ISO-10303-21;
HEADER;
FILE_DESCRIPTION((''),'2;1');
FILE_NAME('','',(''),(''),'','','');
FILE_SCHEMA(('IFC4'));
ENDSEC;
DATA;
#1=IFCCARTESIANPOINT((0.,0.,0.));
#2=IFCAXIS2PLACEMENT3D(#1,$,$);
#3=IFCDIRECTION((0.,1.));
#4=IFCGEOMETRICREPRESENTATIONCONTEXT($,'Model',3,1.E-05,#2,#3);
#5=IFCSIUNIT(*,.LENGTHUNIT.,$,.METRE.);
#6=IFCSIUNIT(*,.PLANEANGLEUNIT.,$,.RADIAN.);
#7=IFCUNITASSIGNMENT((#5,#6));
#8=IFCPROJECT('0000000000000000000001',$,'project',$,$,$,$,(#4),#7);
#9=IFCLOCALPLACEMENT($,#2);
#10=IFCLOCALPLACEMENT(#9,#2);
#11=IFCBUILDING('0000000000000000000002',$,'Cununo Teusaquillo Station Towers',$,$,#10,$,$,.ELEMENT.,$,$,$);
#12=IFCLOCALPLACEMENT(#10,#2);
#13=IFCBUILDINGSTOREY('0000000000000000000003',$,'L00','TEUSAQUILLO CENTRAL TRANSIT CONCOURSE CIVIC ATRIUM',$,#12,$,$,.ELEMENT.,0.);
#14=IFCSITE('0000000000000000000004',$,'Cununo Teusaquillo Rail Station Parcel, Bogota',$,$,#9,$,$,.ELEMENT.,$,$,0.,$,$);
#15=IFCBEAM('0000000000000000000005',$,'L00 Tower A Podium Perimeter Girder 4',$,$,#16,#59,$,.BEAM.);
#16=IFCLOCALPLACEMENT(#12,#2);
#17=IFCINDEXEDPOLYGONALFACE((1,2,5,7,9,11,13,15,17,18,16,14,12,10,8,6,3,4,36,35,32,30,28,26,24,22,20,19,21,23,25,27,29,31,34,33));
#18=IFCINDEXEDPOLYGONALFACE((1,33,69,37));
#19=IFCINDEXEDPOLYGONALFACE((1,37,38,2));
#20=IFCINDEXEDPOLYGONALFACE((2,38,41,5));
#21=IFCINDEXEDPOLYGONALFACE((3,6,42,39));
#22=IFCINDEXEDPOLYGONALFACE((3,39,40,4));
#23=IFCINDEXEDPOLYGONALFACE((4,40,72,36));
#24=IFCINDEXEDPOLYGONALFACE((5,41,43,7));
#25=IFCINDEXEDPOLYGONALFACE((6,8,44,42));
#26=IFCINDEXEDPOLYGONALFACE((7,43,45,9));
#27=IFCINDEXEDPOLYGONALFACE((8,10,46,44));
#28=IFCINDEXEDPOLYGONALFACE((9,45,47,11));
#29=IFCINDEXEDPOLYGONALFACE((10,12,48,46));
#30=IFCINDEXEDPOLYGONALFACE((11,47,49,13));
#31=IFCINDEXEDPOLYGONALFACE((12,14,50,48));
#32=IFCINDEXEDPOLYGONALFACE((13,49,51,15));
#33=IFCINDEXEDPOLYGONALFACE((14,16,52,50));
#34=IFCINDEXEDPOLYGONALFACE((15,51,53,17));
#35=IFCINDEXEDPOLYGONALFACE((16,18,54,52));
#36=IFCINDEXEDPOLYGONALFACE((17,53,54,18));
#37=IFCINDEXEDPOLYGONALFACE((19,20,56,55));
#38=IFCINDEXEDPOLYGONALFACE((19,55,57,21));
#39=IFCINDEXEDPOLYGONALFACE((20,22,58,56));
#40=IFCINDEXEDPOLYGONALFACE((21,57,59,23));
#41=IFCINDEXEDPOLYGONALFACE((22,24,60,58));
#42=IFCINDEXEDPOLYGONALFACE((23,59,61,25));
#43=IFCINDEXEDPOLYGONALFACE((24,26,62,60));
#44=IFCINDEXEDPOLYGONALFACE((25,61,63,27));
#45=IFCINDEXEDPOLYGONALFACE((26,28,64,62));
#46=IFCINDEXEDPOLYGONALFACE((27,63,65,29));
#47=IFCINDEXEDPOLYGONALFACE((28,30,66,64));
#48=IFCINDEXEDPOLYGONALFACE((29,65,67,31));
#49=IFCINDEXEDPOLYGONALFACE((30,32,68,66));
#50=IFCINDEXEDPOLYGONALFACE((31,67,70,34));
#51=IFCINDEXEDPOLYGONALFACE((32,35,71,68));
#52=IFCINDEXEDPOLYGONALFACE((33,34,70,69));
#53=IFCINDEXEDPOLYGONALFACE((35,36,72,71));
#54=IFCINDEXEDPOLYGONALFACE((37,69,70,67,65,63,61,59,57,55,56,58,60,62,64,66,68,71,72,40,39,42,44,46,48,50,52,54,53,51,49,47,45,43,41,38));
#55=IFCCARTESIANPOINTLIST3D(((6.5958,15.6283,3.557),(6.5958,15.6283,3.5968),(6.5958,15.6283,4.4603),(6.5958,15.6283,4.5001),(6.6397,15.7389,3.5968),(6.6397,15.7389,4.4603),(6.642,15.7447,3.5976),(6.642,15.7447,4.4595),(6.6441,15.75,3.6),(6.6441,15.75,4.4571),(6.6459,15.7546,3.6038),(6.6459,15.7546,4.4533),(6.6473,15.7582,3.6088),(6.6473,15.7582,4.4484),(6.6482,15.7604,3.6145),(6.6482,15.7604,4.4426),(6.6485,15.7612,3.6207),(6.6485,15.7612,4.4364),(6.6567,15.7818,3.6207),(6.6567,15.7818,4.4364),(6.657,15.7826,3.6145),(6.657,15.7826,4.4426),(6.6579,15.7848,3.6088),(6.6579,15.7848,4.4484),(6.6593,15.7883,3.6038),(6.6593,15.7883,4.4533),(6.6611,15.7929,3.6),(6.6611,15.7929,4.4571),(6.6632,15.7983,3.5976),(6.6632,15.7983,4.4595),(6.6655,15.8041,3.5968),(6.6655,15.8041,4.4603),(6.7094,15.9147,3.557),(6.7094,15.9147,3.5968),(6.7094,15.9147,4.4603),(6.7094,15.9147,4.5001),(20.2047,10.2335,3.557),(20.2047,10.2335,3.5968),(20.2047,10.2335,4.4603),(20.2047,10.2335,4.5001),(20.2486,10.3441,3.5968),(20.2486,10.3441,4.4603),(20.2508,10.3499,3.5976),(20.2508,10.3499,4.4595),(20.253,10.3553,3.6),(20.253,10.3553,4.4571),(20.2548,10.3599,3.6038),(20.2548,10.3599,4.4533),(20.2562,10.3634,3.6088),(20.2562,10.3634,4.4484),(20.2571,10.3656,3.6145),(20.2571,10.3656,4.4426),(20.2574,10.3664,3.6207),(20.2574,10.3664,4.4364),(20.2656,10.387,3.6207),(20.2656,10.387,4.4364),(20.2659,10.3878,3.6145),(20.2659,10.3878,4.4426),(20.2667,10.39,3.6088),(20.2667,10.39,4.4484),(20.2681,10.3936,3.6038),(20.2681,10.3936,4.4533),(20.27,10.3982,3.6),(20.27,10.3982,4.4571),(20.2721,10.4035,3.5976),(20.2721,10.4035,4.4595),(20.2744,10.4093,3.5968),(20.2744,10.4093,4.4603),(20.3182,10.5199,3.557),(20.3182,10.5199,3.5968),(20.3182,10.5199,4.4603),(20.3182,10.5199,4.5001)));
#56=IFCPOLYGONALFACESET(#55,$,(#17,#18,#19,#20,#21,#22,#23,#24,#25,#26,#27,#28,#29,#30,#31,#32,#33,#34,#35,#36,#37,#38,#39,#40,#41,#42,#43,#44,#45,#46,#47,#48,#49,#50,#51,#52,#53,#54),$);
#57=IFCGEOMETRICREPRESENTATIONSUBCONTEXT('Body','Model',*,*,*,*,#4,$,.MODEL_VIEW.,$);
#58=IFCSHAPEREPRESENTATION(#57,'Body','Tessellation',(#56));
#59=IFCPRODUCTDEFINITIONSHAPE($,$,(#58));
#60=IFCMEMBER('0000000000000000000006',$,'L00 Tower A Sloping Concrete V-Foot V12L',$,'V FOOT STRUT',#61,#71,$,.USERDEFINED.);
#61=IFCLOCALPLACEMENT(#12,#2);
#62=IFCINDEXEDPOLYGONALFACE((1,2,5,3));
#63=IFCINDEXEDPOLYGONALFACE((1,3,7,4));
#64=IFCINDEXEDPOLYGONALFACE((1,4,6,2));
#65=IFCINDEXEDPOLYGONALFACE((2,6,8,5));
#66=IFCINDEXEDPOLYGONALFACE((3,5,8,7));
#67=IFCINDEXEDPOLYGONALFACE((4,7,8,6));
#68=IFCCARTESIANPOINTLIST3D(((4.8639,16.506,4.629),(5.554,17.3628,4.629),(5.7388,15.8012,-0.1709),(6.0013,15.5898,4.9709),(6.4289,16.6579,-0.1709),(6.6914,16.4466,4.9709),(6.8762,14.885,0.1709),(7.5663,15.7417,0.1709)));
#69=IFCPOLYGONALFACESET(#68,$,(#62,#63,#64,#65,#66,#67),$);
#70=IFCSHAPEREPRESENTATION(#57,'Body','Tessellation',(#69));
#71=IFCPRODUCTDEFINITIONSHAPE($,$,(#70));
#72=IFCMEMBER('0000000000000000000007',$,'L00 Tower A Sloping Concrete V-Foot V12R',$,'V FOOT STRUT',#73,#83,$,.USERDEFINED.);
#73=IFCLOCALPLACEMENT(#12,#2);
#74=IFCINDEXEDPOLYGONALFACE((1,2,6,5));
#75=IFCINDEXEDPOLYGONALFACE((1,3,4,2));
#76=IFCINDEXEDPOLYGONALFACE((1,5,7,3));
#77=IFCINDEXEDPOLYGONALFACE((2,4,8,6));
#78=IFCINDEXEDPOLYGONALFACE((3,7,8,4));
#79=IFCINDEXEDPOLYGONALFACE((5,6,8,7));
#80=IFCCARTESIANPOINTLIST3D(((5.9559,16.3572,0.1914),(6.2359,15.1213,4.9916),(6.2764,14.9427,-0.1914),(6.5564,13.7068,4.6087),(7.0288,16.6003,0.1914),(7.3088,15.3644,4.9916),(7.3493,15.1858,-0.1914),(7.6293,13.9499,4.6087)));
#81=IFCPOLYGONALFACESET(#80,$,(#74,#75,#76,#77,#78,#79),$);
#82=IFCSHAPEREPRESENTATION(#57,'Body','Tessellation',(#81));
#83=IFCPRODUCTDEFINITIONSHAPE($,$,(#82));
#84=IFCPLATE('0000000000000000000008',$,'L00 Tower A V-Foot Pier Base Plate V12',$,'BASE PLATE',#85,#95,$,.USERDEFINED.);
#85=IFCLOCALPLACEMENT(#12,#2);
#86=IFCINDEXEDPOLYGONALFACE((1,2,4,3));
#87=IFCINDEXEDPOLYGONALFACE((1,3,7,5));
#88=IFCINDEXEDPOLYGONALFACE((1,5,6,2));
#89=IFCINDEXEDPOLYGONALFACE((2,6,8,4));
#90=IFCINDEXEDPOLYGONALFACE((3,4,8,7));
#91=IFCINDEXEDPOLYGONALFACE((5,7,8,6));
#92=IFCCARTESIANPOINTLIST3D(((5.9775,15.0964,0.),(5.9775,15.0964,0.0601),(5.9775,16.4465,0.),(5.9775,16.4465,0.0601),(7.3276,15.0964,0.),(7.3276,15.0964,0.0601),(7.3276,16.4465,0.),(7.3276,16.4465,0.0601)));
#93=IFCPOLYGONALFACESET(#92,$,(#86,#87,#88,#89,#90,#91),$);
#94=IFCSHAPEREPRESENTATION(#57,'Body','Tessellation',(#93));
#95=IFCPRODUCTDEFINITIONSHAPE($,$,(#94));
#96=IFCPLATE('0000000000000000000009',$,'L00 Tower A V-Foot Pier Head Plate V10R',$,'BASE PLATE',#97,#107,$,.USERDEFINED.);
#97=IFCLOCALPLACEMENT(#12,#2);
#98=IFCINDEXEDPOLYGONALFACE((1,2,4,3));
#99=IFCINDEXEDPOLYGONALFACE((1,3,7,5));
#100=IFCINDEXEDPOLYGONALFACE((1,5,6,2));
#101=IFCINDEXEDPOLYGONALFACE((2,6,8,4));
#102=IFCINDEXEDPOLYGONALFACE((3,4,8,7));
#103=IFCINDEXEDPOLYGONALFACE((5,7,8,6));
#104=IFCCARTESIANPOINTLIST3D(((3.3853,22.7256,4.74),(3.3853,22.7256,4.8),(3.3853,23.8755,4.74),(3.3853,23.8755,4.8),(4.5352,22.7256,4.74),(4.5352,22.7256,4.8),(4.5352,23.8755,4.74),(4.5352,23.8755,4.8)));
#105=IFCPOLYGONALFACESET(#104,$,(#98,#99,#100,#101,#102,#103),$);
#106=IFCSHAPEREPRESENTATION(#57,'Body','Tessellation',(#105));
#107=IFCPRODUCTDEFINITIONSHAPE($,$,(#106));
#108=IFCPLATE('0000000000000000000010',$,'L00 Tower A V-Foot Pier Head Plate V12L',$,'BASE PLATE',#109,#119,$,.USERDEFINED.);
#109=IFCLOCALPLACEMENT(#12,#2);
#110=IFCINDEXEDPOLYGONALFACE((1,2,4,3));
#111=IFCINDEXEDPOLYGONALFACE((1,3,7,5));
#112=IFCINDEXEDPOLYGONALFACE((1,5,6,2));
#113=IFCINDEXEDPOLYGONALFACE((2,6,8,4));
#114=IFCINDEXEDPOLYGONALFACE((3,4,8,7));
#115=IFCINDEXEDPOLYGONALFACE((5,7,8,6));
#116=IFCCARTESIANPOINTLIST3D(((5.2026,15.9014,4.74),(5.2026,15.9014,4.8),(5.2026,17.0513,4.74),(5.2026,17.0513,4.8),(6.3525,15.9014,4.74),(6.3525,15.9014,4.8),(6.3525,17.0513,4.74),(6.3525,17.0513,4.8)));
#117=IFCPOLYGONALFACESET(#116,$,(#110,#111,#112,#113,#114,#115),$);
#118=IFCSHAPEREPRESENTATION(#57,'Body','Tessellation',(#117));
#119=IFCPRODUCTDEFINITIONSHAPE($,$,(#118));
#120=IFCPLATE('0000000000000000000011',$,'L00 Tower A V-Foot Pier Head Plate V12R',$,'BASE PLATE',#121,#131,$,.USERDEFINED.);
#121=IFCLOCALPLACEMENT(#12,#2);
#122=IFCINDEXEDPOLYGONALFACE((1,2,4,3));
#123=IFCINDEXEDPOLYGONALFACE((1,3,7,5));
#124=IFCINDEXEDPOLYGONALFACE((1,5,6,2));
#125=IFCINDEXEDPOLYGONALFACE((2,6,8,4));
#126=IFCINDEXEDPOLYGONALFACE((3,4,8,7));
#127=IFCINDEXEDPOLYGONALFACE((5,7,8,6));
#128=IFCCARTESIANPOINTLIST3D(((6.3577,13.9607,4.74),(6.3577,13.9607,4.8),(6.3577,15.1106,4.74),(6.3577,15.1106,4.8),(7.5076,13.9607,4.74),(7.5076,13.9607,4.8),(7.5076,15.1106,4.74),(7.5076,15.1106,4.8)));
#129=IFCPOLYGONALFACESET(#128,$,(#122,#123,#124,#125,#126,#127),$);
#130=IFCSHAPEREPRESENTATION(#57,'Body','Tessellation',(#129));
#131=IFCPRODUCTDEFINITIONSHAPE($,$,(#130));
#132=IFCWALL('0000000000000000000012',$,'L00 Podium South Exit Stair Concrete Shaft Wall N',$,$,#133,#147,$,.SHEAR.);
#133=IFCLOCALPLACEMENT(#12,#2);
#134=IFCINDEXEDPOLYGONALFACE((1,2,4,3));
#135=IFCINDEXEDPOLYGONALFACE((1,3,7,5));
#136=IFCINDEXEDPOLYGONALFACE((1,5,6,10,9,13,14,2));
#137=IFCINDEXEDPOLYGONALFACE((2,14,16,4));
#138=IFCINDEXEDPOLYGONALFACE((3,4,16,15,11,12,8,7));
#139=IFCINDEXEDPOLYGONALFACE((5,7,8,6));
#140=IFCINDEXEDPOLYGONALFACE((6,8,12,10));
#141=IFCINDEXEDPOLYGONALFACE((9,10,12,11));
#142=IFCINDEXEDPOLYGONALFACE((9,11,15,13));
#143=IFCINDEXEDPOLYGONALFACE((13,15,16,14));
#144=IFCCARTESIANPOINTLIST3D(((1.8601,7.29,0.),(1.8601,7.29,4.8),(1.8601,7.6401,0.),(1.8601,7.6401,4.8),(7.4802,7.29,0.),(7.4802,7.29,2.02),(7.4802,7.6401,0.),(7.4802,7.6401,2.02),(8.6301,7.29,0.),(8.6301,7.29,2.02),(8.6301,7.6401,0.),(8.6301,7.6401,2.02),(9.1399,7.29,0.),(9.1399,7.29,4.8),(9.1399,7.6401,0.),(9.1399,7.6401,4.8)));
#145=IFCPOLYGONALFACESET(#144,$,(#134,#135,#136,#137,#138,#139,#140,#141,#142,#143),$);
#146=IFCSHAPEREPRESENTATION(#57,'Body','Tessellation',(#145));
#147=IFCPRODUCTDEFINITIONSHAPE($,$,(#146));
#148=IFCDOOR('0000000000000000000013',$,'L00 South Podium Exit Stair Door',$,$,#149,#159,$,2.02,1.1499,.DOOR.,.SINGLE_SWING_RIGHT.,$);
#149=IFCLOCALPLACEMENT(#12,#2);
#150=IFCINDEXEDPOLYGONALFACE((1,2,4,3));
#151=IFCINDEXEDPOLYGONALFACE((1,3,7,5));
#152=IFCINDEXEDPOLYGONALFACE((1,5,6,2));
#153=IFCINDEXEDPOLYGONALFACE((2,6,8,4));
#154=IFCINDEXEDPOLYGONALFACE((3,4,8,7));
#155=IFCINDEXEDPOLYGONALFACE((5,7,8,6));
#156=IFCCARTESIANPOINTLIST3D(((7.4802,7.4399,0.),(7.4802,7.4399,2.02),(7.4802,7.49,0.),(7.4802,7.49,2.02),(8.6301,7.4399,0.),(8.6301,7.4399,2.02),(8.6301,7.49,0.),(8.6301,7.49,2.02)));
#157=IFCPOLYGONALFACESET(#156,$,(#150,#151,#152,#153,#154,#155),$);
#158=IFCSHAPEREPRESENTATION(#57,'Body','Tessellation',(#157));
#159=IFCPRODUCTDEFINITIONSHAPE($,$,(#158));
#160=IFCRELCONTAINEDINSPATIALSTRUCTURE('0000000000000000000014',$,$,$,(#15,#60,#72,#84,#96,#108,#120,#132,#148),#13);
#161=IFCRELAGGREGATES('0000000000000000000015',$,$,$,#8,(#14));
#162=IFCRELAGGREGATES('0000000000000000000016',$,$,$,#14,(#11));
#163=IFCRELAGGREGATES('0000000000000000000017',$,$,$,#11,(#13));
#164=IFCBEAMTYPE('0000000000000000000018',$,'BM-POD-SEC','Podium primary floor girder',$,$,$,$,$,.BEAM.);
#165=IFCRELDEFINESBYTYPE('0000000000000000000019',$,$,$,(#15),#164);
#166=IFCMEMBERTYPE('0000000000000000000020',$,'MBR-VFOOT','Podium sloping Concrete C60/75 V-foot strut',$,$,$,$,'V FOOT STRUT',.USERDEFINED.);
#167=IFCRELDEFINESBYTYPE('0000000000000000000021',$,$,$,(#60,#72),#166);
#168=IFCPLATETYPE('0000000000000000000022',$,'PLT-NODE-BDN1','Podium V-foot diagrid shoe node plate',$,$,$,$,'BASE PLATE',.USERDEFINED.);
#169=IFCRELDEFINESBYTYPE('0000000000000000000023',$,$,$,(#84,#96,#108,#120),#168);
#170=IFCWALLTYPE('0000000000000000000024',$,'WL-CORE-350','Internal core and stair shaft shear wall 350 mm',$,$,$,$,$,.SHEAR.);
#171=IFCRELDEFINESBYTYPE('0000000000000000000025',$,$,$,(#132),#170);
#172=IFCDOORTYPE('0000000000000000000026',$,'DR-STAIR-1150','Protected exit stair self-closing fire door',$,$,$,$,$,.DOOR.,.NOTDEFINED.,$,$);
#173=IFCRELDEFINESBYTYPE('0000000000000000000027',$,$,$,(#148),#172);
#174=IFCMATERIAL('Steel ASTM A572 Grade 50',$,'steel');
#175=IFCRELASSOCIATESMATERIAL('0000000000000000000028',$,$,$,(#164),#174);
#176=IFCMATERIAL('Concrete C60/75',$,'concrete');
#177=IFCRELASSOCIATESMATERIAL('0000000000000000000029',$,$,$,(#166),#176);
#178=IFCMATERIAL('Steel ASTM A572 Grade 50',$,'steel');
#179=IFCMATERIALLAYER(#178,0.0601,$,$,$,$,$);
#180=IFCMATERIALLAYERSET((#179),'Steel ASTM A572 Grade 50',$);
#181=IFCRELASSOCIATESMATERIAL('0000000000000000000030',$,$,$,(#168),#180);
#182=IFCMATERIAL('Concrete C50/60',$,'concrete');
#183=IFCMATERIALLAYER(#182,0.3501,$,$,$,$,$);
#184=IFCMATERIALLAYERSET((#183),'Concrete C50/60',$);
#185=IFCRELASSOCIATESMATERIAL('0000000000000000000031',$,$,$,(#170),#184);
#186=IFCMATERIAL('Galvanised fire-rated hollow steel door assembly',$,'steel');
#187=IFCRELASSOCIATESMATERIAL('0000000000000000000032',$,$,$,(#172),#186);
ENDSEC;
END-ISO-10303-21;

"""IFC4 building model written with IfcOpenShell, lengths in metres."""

from ifc_helpers import new_model, si_unit, direction, frame, frame_2d, origin, origin_2d, place, context, subcontext, project, spatial, rectangle, i_section, extrude, source, transform, mapped, material, layer, layer_set, material_profile, profile_set, type_object, element, fill, save


model = new_model("IFC4")

# Units and contexts
model_context = context("Model", 3, precision=1e-05, world=origin(), true_north=direction((0.0, 1.0)))
body_context = subcontext(model_context, "Body", "Model", "MODEL_VIEW")
ifc_project = project(units=[si_unit("LENGTHUNIT", "METRE"), si_unit("PLANEANGLEUNIT", "RADIAN")], contexts=[model_context])

# Site, building, storey
site_placement = place(None, origin())
site = spatial("IfcSite", under=ifc_project, at=site_placement, Name="Cununo Teusaquillo Rail Station Parcel, Bogota", CompositionType="ELEMENT", RefElevation=0.0)
building_placement = place(site_placement, origin())
building = spatial("IfcBuilding", under=site, at=building_placement, Name="Cununo Teusaquillo Station Towers", CompositionType="ELEMENT")
storey_placement = place(building_placement, origin())
storey = spatial("IfcBuildingStorey", under=building, at=storey_placement, Name="L00", Description="TEUSAQUILLO CENTRAL TRANSIT CONCOURSE CIVIC ATRIUM", CompositionType="ELEMENT", Elevation=0.0)

# Beam
ifc_material_1 = material(Name="Steel ASTM A572 Grade 50", Category="steel")
ifc_material_profile_1 = material_profile(ifc_material_1, i_section(OverallWidth=0.3081, OverallDepth=0.9431, WebThickness=0.0222, FlangeThickness=0.0398, FilletRadius=0.0239, at=origin_2d()), Name="W36X232")
ifc_profile_set_1 = profile_set([ifc_material_profile_1], Name="Steel ASTM A572 Grade 50")
beam_type_1 = type_object("IfcBeamType", Name="BM-POD-SEC", Description="Podium primary floor girder", PredefinedType="BEAM", material=ifc_profile_set_1)
beam_1_placement = place(storey_placement, frame((6.6526, 15.7715, 4.0286), z_axis=(0.929621, -0.368516, 0.0), x_axis=(0.368516, 0.929621, 0.0)))
element("IfcBeam", 1, at=beam_1_placement, inside=storey, type_object=beam_type_1, Name="L00 Tower A Podium Perimeter Girder 4", PredefinedType="BEAM", context=body_context, shape_type="SweptSolid", body=[
    extrude(i_section(OverallWidth=0.3081, OverallDepth=0.9431, WebThickness=0.0222, FlangeThickness=0.0398, FilletRadius=0.0239, at=origin_2d()), origin(), (0.0, 0.0, 1.0), 14.6392),
])

# Members
ifc_material_2 = material(Name="Concrete C60/75", Category="concrete")
ifc_material_profile_2 = material_profile(ifc_material_2, rectangle(XDim=1.1001, YDim=1.5, at=origin_2d()), Name="RC-RECT-1500x1100")
ifc_profile_set_2 = profile_set([ifc_material_profile_2], Name="Concrete C60/75")
member_type = type_object("IfcMemberType", Name="MBR-VFOOT", Description="Podium sloping Concrete C60/75 V-foot strut", ElementType="V FOOT STRUT", PredefinedType="USERDEFINED", material=ifc_profile_set_2)
member_1_placement = place(storey_placement, frame((6.6526, 15.7715, 0.0), z_axis=(-0.177492, 0.142974, 0.973681), x_axis=(-0.627315, -0.778766, 0.0)))
element("IfcMember", 2, at=member_1_placement, inside=storey, type_object=member_type, Name="L00 Tower A Sloping Concrete V-Foot V12L", ObjectType="V FOOT STRUT", PredefinedType="USERDEFINED", context=body_context, shape_type="SweptSolid", body=[
    extrude(rectangle(XDim=1.1001, YDim=1.5, at=origin_2d()), origin(), (0.0, 0.0, 1.0), 4.9297),
])
member_2_placement = place(storey_placement, frame((6.6526, 15.7715, 0.0), z_axis=(0.056406, -0.248936, 0.966876), x_axis=(0.975276, 0.220988, 0.0)))
element("IfcMember", 3, at=member_2_placement, inside=storey, type_object=member_type, Name="L00 Tower A Sloping Concrete V-Foot V12R", ObjectType="V FOOT STRUT", PredefinedType="USERDEFINED", context=body_context, shape_type="SweptSolid", body=[
    extrude(rectangle(XDim=1.1001, YDim=1.5, at=origin_2d()), origin(), (0.0, 0.0, 1.0), 4.9646),
])

# Plates
ifc_material_3 = material(Name="Steel ASTM A572 Grade 50", Category="steel")
ifc_layer_1 = layer(ifc_material_3, 0.0601)
ifc_layer_set_1 = layer_set([ifc_layer_1], Name="Steel ASTM A572 Grade 50")
plate_type = type_object("IfcPlateType", Name="PLT-NODE-BDN1", Description="Podium V-foot diagrid shoe node plate", ElementType="BASE PLATE", PredefinedType="USERDEFINED", material=ifc_layer_set_1)
shared_shape_1 = source(origin(), body_context, "Body", "SweptSolid", [
    extrude(rectangle(XDim=1.3501, YDim=1.3501, at=origin_2d()), origin(), (0.0, 0.0, 1.0), 0.0601),
])
plate_placement = place(storey_placement, frame((6.6526, 15.7715, 0.0), z_axis=(0.0, 0.0, 1.0), x_axis=(1.0, 0.0, 0.0)))
element("IfcPlate", 4, at=plate_placement, inside=storey, type_object=plate_type, Name="L00 Tower A V-Foot Pier Base Plate V12", ObjectType="BASE PLATE", PredefinedType="USERDEFINED", context=body_context, shape_type="MappedRepresentation", body=[
    mapped(shared_shape_1, transform((0.0, 0.0, 0.0), x_axis=(1.0, 0.0, 0.0), y_axis=(0.0, 1.0, 0.0), z_axis=(0.0, 0.0, 1.0), scale=1.0)),
])
shared_shape_2 = source(origin(), body_context, "Body", "SweptSolid", [
    extrude(rectangle(XDim=1.1499, YDim=1.1499, at=origin_2d()), origin(), (0.0, 0.0, 1.0), 0.0601),
])
for number, where, z_axis, x_axis, name in (
    (5, (3.9602, 23.3005, 4.74), (0.0, 0.0, 1.0), (1.0, 0.0, 0.0), "L00 Tower A V-Foot Pier Head Plate V10R"),
    (6, (5.7776, 16.4763, 4.74), (0.0, 0.0, 1.0), (1.0, 0.0, 0.0), "L00 Tower A V-Foot Pier Head Plate V12L"),
    (7, (6.9326, 14.5356, 4.74), (0.0, 0.0, 1.0), (1.0, 0.0, 0.0), "L00 Tower A V-Foot Pier Head Plate V12R"),
):
    element("IfcPlate", number, at=place(storey_placement, frame(where, z_axis=z_axis, x_axis=x_axis)), inside=storey, type_object=plate_type, Name=name, ObjectType="BASE PLATE", PredefinedType="USERDEFINED", context=body_context, shape_type="MappedRepresentation", body=[
        mapped(shared_shape_2, transform((0.0, 0.0, 0.0), x_axis=(1.0, 0.0, 0.0), y_axis=(0.0, 1.0, 0.0), z_axis=(0.0, 0.0, 1.0), scale=1.0)),
    ])

# Wall, opening, door
ifc_material_4 = material(Name="Concrete C50/60", Category="concrete")
ifc_layer_2 = layer(ifc_material_4, 0.3501)
ifc_layer_set_2 = layer_set([ifc_layer_2], Name="Concrete C50/60")
wall_type_1 = type_object("IfcWallType", Name="WL-CORE-350", Description="Internal core and stair shaft shear wall 350 mm", PredefinedType="SHEAR", material=ifc_layer_set_2)
wall_1_placement = place(storey_placement, frame((1.8601, 7.4651, 0.0), z_axis=(0.0, 0.0, 1.0), x_axis=(1.0, 0.0, 0.0)))
wall_1 = element("IfcWall", 8, at=wall_1_placement, inside=storey, type_object=wall_type_1, Name="L00 Podium South Exit Stair Concrete Shaft Wall N", PredefinedType="SHEAR", context=body_context, shape_type="SweptSolid", body=[
    extrude(rectangle(XDim=7.2798, YDim=0.3501, at=frame_2d((3.6399, 0.0))), origin(), (0.0, 0.0, 1.0), 4.8),
])
shared_shape_3 = source(origin(), body_context, "Body", "SweptSolid", [
    extrude(rectangle(XDim=1.1499, YDim=2.02, at=frame_2d((0.575, 1.01))), frame((0.0, 0.1851, 0.0), z_axis=(0.0, -1.0, 0.0), x_axis=(1.0, 0.0, 0.0)), (0.0, 0.0, 1.0), 0.3701),
])
opening_1_placement = place(wall_1_placement, frame((5.6201, 0.0, 0.0)))
opening_1 = element("IfcOpeningElement", 9, at=opening_1_placement, cuts=wall_1, PredefinedType="OPENING", context=body_context, shape_type="MappedRepresentation", body=[
    mapped(shared_shape_3, transform((0.0, 0.0, 0.0), x_axis=(1.0, 0.0, 0.0), y_axis=(0.0, 1.0, 0.0), z_axis=(0.0, 0.0, 1.0), scale=1.0)),
])
ifc_material_5 = material(Name="Galvanised fire-rated hollow steel door assembly", Category="steel")
door_type_1 = type_object("IfcDoorType", Name="DR-STAIR-1150", Description="Protected exit stair self-closing fire door", OperationType="NOTDEFINED", PredefinedType="DOOR", material=ifc_material_5)
shared_shape_4 = source(origin(), body_context, "Body", "SweptSolid", [
    extrude(rectangle(XDim=1.1499, YDim=2.02, at=frame_2d((0.575, 1.01))), frame((0.0, 0.0249, 0.0), z_axis=(0.0, -1.0, 0.0), x_axis=(1.0, 0.0, 0.0)), (0.0, 0.0, 1.0), 0.05),
])
door_1_placement = place(opening_1_placement, origin())
door_1 = element("IfcDoor", 10, at=door_1_placement, inside=storey, type_object=door_type_1, Name="L00 South Podium Exit Stair Door", OperationType="SINGLE_SWING_RIGHT", OverallHeight=2.02, OverallWidth=1.1499, PredefinedType="DOOR", context=body_context, shape_type="MappedRepresentation", body=[
    mapped(shared_shape_4, transform((0.0, 0.0, 0.0), x_axis=(1.0, 0.0, 0.0), y_axis=(0.0, 1.0, 0.0), z_axis=(0.0, 0.0, 1.0), scale=1.0)),
])
fill(opening_1, door_1)

save(model, "model.ifc")
